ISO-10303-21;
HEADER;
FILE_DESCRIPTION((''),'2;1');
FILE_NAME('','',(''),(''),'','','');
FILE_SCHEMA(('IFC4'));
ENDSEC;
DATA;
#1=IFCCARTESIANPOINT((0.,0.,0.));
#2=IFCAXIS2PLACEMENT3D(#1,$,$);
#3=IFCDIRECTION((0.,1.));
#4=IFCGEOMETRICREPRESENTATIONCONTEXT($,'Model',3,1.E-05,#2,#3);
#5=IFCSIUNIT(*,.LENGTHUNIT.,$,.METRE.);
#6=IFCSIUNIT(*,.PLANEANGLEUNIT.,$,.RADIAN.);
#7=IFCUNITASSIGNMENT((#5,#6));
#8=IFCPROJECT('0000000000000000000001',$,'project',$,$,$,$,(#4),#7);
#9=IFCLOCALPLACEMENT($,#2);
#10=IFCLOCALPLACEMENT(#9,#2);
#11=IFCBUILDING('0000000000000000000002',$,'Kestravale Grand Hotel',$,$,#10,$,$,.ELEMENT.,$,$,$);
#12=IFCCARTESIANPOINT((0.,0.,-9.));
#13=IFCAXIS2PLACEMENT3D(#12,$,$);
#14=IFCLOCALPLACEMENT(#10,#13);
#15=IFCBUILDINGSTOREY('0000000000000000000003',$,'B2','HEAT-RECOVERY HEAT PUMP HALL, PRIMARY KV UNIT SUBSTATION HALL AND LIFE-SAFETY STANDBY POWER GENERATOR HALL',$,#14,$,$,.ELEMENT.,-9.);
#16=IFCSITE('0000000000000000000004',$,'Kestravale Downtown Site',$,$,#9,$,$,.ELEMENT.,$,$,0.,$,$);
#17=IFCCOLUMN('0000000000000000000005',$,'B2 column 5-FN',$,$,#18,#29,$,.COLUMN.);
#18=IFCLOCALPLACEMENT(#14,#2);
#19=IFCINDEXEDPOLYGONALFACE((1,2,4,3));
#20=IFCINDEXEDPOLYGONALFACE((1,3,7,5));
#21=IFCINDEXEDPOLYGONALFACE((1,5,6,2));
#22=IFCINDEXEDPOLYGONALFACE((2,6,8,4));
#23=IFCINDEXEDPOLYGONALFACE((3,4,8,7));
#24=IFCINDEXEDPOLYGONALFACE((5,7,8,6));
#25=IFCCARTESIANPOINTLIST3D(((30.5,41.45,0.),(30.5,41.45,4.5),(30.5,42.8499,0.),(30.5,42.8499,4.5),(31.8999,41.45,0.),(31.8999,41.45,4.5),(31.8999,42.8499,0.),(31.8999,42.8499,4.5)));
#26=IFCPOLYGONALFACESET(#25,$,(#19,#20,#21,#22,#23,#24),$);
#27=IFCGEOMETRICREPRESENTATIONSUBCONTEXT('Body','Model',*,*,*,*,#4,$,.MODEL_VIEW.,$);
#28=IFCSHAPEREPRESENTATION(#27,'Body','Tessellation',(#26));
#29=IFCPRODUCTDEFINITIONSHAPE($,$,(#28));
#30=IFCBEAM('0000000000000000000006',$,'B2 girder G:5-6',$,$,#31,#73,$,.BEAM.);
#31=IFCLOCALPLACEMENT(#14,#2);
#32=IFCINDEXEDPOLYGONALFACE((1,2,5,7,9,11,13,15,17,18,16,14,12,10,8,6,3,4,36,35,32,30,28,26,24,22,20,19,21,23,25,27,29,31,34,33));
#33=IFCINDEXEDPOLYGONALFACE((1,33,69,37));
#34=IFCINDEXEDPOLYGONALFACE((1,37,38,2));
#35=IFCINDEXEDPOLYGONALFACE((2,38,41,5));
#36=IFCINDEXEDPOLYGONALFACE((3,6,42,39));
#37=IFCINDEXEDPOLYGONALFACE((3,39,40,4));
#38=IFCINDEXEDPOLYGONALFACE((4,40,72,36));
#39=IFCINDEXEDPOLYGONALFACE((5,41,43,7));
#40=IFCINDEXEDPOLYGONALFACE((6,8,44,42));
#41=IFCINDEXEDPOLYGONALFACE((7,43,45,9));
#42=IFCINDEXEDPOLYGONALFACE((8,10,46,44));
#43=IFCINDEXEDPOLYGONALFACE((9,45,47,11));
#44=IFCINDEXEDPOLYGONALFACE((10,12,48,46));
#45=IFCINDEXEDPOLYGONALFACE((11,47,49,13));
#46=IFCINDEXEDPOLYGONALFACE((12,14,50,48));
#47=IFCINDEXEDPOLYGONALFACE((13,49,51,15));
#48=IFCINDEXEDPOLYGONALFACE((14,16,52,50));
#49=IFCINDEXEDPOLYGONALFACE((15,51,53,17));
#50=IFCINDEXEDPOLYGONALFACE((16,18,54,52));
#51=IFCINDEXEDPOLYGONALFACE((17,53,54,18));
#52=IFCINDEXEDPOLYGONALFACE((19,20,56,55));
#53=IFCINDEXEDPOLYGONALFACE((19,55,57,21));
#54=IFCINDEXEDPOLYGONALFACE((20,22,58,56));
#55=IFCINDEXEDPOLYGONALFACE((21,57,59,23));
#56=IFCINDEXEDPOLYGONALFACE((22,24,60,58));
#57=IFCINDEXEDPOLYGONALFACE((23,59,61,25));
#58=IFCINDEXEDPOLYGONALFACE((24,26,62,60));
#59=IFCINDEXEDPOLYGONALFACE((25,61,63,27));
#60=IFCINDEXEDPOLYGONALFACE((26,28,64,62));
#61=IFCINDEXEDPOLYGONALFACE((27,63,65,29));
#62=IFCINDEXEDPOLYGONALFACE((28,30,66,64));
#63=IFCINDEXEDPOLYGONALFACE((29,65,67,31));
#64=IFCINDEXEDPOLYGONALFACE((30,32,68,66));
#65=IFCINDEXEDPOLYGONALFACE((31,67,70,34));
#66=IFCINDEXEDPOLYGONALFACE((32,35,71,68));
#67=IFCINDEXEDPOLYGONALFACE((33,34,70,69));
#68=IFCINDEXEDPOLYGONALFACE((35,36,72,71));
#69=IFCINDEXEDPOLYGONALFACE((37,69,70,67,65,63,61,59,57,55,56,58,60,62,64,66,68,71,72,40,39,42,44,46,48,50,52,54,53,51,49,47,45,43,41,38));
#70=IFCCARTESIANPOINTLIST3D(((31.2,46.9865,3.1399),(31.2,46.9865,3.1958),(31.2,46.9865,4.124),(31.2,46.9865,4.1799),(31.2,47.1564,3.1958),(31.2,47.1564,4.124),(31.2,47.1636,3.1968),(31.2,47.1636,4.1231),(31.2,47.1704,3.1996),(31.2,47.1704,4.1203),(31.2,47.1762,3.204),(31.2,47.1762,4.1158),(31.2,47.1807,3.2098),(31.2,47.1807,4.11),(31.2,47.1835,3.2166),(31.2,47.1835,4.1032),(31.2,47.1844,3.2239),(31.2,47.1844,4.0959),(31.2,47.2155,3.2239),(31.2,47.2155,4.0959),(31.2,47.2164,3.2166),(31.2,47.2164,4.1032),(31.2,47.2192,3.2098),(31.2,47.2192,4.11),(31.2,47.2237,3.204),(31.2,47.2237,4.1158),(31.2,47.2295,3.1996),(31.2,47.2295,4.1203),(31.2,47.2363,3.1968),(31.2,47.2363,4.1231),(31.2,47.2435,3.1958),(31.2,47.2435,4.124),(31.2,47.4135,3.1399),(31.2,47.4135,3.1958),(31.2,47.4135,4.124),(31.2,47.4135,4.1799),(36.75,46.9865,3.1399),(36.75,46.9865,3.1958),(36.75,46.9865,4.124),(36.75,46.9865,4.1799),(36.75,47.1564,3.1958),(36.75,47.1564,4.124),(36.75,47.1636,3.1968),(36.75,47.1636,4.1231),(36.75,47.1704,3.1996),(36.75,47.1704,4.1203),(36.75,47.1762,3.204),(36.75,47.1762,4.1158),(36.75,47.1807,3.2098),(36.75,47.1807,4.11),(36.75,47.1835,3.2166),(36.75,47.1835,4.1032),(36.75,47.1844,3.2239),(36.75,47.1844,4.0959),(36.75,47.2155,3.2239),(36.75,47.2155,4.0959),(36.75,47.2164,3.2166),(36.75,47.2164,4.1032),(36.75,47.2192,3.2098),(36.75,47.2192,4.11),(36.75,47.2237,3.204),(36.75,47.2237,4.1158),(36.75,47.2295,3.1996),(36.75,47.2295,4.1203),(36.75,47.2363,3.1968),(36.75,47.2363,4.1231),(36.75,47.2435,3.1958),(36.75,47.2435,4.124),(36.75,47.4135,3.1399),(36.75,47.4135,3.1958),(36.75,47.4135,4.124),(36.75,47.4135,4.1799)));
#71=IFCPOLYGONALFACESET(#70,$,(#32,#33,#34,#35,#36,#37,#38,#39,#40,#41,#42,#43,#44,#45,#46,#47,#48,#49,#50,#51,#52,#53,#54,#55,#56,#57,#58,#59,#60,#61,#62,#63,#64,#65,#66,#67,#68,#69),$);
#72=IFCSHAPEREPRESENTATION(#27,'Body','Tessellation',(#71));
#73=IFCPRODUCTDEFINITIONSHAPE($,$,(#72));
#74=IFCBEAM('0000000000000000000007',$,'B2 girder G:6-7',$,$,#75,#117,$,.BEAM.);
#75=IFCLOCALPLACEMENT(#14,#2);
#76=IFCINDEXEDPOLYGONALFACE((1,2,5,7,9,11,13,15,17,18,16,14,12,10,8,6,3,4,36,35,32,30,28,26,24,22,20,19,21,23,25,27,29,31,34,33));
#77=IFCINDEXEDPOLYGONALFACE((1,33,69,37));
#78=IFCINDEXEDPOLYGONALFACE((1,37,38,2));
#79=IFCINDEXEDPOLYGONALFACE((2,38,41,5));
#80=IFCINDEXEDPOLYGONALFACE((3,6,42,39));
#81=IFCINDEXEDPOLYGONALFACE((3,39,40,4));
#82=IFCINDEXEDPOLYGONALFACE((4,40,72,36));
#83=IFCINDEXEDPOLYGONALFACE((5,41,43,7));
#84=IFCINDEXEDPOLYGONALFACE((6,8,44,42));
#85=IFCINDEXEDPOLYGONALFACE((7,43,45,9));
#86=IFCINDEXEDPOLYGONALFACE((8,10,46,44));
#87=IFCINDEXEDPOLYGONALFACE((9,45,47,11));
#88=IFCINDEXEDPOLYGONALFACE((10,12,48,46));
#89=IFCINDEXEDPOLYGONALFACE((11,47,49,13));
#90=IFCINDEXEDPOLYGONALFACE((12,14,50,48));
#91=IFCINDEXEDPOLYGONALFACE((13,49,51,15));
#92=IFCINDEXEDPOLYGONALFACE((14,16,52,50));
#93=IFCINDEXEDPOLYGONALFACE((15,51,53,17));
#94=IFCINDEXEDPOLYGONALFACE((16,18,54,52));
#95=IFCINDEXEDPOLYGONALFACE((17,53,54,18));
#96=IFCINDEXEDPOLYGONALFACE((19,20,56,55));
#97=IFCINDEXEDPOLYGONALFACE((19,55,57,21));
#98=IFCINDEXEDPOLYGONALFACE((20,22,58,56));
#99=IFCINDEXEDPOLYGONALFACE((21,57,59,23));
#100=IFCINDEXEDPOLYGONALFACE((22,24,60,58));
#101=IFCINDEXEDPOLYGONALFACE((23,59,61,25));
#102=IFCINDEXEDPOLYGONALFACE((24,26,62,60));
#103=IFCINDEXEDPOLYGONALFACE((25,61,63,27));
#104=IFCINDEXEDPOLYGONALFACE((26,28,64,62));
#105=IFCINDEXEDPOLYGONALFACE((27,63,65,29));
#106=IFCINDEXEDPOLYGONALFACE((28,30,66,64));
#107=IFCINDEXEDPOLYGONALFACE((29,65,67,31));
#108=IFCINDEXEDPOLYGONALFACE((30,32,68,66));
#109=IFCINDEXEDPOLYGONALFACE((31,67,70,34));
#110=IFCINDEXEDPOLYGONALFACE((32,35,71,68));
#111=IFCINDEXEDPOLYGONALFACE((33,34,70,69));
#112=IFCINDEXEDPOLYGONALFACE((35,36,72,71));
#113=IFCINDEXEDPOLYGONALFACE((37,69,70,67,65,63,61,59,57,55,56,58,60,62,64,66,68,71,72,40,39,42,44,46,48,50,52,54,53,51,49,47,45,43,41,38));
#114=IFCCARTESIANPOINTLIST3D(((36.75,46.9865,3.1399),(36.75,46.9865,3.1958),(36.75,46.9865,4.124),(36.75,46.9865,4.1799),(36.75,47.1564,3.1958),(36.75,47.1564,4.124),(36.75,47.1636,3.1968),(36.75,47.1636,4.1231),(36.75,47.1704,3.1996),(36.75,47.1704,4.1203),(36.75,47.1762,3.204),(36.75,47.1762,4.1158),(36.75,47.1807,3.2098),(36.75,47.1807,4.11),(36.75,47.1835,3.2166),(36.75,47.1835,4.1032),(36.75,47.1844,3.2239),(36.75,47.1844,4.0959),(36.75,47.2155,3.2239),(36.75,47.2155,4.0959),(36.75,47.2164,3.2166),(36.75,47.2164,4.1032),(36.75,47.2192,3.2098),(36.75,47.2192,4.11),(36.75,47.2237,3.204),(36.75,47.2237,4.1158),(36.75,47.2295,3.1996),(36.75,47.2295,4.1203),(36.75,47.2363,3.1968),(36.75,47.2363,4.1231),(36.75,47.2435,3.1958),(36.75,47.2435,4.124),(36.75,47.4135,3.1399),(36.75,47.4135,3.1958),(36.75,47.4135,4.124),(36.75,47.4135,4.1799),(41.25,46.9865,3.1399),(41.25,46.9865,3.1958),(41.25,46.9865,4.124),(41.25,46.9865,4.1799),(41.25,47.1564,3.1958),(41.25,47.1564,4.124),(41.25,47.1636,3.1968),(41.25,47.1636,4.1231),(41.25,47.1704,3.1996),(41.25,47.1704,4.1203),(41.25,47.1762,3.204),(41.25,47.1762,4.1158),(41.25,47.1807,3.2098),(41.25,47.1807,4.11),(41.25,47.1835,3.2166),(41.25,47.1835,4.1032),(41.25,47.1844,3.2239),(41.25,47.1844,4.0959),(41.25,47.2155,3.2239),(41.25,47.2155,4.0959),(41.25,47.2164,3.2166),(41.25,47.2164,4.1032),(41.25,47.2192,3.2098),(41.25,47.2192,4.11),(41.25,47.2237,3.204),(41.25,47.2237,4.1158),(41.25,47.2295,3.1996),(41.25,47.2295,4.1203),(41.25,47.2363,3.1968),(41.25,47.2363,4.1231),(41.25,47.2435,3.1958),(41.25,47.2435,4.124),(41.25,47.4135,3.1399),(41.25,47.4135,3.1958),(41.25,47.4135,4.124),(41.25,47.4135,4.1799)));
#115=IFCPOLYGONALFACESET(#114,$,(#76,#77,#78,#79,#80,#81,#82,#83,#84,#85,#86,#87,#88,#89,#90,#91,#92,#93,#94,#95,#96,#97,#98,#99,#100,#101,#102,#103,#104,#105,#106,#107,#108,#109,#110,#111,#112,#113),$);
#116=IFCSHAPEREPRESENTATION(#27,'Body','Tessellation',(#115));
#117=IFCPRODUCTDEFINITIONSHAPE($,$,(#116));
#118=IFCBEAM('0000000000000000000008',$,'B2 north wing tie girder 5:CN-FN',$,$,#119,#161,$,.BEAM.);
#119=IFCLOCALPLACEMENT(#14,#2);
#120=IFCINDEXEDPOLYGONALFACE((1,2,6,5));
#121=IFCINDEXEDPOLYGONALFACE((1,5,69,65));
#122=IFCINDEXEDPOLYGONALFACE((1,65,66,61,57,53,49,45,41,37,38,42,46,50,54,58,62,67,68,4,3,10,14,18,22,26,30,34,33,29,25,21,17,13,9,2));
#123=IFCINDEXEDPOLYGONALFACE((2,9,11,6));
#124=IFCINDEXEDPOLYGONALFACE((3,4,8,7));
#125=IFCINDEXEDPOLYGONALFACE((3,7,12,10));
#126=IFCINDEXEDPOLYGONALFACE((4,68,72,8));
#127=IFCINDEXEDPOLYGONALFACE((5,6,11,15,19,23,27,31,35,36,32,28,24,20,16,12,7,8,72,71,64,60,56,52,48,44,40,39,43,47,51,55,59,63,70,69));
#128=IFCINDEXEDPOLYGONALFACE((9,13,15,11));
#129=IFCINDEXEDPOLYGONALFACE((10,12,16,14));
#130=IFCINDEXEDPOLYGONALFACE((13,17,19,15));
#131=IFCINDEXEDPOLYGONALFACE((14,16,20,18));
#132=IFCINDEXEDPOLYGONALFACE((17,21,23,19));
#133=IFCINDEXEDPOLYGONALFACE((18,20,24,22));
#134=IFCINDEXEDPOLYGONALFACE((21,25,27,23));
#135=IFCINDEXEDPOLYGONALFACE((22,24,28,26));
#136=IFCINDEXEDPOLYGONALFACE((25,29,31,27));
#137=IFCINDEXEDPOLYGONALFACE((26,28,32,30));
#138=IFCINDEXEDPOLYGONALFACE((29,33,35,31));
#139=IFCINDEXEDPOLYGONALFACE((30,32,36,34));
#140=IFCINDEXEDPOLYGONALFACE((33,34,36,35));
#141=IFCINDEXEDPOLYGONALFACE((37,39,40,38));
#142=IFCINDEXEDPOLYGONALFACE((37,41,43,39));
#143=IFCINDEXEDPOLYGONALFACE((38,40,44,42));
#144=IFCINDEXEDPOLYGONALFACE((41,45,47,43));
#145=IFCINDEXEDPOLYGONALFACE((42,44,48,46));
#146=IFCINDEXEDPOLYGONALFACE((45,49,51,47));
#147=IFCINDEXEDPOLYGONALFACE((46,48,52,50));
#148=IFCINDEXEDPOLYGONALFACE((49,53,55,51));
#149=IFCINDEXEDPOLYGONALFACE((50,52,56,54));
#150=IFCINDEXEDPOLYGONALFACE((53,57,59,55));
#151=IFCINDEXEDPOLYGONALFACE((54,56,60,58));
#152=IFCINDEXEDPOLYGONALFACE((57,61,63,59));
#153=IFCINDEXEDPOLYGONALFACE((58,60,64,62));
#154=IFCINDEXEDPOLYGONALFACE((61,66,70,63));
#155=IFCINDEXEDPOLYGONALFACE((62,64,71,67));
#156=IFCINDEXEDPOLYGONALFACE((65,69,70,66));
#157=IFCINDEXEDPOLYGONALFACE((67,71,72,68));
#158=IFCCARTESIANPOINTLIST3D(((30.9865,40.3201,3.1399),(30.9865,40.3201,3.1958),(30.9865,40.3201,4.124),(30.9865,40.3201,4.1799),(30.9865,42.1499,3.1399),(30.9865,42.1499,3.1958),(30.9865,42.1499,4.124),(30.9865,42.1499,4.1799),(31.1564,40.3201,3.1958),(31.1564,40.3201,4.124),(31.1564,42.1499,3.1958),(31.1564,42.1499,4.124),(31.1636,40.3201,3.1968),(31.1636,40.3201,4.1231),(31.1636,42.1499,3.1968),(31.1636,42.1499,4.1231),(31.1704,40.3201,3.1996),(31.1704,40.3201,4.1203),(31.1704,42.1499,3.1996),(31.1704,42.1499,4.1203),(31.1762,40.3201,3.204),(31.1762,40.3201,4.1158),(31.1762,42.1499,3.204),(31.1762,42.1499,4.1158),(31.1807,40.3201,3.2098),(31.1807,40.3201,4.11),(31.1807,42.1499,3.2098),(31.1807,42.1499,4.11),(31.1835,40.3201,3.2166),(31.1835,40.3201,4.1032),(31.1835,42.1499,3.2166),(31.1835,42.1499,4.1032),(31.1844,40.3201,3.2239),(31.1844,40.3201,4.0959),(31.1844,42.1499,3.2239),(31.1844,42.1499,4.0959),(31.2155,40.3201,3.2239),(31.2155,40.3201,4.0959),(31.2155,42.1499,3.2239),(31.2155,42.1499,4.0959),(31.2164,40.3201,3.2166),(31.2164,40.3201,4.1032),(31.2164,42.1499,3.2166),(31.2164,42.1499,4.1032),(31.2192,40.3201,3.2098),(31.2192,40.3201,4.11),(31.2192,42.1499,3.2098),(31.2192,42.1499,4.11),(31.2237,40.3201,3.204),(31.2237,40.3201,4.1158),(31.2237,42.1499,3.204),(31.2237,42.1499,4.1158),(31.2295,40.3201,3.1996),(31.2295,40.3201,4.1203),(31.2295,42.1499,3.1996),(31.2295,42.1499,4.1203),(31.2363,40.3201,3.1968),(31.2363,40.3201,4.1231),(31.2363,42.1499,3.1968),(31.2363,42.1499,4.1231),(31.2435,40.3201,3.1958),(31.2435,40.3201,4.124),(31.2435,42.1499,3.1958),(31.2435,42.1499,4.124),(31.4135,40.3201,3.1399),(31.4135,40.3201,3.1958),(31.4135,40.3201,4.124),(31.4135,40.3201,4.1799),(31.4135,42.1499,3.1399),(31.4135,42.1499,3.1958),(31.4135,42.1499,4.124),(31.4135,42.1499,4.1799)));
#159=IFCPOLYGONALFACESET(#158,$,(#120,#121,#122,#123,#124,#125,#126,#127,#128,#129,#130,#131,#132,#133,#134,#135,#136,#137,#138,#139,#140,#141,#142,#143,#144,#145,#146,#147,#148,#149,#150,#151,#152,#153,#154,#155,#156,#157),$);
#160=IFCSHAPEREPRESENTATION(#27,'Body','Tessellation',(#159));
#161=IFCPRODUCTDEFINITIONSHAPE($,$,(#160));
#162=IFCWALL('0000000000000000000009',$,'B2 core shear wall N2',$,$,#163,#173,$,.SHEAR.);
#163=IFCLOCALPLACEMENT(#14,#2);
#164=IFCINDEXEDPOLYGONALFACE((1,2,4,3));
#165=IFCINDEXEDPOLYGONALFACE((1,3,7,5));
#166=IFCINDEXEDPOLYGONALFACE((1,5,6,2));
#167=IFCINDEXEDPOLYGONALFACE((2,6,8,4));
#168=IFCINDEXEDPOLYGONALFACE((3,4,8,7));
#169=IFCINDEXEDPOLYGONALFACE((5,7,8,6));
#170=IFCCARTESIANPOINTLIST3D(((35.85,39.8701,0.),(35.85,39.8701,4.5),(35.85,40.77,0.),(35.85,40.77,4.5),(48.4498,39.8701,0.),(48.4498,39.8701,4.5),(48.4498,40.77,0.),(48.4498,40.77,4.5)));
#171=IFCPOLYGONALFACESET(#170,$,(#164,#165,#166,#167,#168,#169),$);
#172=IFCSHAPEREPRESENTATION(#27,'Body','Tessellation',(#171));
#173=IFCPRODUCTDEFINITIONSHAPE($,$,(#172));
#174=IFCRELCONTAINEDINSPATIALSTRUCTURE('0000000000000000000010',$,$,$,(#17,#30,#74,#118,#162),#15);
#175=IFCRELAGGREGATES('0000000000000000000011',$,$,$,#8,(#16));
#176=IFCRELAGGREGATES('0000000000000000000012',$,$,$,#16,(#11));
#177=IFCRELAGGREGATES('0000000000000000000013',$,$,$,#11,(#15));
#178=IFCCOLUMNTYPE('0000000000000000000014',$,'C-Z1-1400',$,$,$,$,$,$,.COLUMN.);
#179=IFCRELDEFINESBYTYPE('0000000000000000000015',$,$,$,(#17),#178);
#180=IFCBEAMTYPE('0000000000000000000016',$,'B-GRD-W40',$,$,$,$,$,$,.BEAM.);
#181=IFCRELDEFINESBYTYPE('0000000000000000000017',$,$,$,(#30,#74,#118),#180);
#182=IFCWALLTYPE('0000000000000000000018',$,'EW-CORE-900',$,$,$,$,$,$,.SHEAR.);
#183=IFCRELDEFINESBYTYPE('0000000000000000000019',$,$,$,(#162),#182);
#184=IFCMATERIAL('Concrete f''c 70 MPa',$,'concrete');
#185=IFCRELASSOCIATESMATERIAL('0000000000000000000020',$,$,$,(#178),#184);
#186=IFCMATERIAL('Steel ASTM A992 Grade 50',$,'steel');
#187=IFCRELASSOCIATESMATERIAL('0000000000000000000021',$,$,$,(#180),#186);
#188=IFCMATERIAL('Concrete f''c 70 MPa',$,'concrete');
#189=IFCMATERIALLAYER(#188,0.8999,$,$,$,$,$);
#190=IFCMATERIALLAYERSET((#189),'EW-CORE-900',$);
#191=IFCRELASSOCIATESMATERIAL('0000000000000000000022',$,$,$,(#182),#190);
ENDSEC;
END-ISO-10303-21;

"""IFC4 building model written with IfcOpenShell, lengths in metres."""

from ifc_helpers import new_model, si_unit, direction, frame, frame_2d, origin, origin_2d, place, context, subcontext, project, spatial, rectangle, i_section, extrude, material, layer, layer_set, material_profile, profile_set, type_object, element, save


model = new_model("IFC4")

# Units and contexts
model_context = context("Model", 3, precision=1e-05, world=origin(), true_north=direction((0.0, 1.0)))
body_context = subcontext(model_context, "Body", "Model", "MODEL_VIEW")
ifc_project = project(units=[si_unit("LENGTHUNIT", "METRE"), si_unit("PLANEANGLEUNIT", "RADIAN")], contexts=[model_context])

# Site, building, storey
site_placement = place(None, origin())
site = spatial("IfcSite", under=ifc_project, at=site_placement, Name="Kestravale Downtown Site", CompositionType="ELEMENT", RefElevation=0.0)
building_placement = place(site_placement, origin())
building = spatial("IfcBuilding", under=site, at=building_placement, Name="Kestravale Grand Hotel", CompositionType="ELEMENT")
storey_placement = place(building_placement, frame((0.0, 0.0, -9.0)))
storey = spatial("IfcBuildingStorey", under=building, at=storey_placement, Name="B2", Description="HEAT-RECOVERY HEAT PUMP HALL, PRIMARY KV UNIT SUBSTATION HALL AND LIFE-SAFETY STANDBY POWER GENERATOR HALL", CompositionType="ELEMENT", Elevation=-9.0)

# Column
ifc_material_1 = material(Name="Concrete f'c 70 MPa", Category="concrete")
ifc_material_profile_1 = material_profile(ifc_material_1, rectangle(XDim=1.3999, YDim=1.3999, at=origin_2d()))
ifc_profile_set_1 = profile_set([ifc_material_profile_1], Name="Concrete f'c 70 MPa")
column_type = type_object("IfcColumnType", Name="C-Z1-1400", PredefinedType="COLUMN", material=ifc_profile_set_1)
for number, where, z_axis, x_axis, name in (
    (1, (31.2, 42.1499, 0.0), (0.0, 0.0, 1.0), (1.0, 0.0, 0.0), "B2 column 5-FN"),
):
    element("IfcColumn", number, at=place(storey_placement, frame(where, z_axis=z_axis, x_axis=x_axis)), inside=storey, type_object=column_type, Name=name, PredefinedType="COLUMN", context=body_context, shape_type="SweptSolid", body=[
        extrude(rectangle(XDim=1.3999, YDim=1.3999, at=origin_2d()), origin(), (0.0, 0.0, 1.0), 4.5),
    ])

# Beams
ifc_material_2 = material(Name="Steel ASTM A992 Grade 50", Category="steel")
ifc_material_profile_2 = material_profile(ifc_material_2, i_section(OverallWidth=0.427, OverallDepth=1.04, WebThickness=0.031, FlangeThickness=0.0559, FilletRadius=0.0281, at=origin_2d()))
ifc_profile_set_2 = profile_set([ifc_material_profile_2], Name="Steel ASTM A992 Grade 50")
beam_type = type_object("IfcBeamType", Name="B-GRD-W40", PredefinedType="BEAM", material=ifc_profile_set_2)
beam_1_placement = place(storey_placement, frame((31.2, 47.2, 3.6599), z_axis=(1.0, 0.0, 0.0), x_axis=(0.0, 1.0, 0.0)))
element("IfcBeam", 2, at=beam_1_placement, inside=storey, type_object=beam_type, Name="B2 girder G:5-6", PredefinedType="BEAM", context=body_context, shape_type="SweptSolid", body=[
    extrude(i_section(OverallWidth=0.427, OverallDepth=1.04, WebThickness=0.031, FlangeThickness=0.0559, FilletRadius=0.0281, at=origin_2d()), origin(), (0.0, 0.0, 1.0), 5.55),
])
beam_2_placement = place(storey_placement, frame((36.75, 47.2, 3.6599), z_axis=(1.0, 0.0, 0.0), x_axis=(0.0, 1.0, 0.0)))
element("IfcBeam", 3, at=beam_2_placement, inside=storey, type_object=beam_type, Name="B2 girder G:6-7", PredefinedType="BEAM", context=body_context, shape_type="SweptSolid", body=[
    extrude(i_section(OverallWidth=0.427, OverallDepth=1.04, WebThickness=0.031, FlangeThickness=0.0559, FilletRadius=0.0281, at=origin_2d()), origin(), (0.0, 0.0, 1.0), 4.5),
])
beam_3_placement = place(storey_placement, frame((31.2, 40.3201, 3.6599), z_axis=(0.0, 1.0, 0.0), x_axis=(-1.0, 0.0, 0.0)))
element("IfcBeam", 4, at=beam_3_placement, inside=storey, type_object=beam_type, Name="B2 north wing tie girder 5:CN-FN", PredefinedType="BEAM", context=body_context, shape_type="SweptSolid", body=[
    extrude(i_section(OverallWidth=0.427, OverallDepth=1.04, WebThickness=0.031, FlangeThickness=0.0559, FilletRadius=0.0281, at=origin_2d()), origin(), (0.0, 0.0, 1.0), 1.8298),
])

# Wall
ifc_material_3 = material(Name="Concrete f'c 70 MPa", Category="concrete")
ifc_layer = layer(ifc_material_3, 0.8999)
ifc_layer_set = layer_set([ifc_layer], Name="EW-CORE-900")
wall_type = type_object("IfcWallType", Name="EW-CORE-900", PredefinedType="SHEAR", material=ifc_layer_set)
wall_placement = place(storey_placement, frame((35.8501, 40.3201, 0.0), z_axis=(0.0, 0.0, 1.0), x_axis=(1.0, 0.0, 0.0)))
element("IfcWall", 5, at=wall_placement, inside=storey, type_object=wall_type, Name="B2 core shear wall N2", PredefinedType="SHEAR", context=body_context, shape_type="SweptSolid", body=[
    extrude(rectangle(XDim=12.5999, YDim=0.8999, at=frame_2d((6.2998, 0.0))), origin(), (0.0, 0.0, 1.0), 4.5),
])

save(model, "model.ifc")
